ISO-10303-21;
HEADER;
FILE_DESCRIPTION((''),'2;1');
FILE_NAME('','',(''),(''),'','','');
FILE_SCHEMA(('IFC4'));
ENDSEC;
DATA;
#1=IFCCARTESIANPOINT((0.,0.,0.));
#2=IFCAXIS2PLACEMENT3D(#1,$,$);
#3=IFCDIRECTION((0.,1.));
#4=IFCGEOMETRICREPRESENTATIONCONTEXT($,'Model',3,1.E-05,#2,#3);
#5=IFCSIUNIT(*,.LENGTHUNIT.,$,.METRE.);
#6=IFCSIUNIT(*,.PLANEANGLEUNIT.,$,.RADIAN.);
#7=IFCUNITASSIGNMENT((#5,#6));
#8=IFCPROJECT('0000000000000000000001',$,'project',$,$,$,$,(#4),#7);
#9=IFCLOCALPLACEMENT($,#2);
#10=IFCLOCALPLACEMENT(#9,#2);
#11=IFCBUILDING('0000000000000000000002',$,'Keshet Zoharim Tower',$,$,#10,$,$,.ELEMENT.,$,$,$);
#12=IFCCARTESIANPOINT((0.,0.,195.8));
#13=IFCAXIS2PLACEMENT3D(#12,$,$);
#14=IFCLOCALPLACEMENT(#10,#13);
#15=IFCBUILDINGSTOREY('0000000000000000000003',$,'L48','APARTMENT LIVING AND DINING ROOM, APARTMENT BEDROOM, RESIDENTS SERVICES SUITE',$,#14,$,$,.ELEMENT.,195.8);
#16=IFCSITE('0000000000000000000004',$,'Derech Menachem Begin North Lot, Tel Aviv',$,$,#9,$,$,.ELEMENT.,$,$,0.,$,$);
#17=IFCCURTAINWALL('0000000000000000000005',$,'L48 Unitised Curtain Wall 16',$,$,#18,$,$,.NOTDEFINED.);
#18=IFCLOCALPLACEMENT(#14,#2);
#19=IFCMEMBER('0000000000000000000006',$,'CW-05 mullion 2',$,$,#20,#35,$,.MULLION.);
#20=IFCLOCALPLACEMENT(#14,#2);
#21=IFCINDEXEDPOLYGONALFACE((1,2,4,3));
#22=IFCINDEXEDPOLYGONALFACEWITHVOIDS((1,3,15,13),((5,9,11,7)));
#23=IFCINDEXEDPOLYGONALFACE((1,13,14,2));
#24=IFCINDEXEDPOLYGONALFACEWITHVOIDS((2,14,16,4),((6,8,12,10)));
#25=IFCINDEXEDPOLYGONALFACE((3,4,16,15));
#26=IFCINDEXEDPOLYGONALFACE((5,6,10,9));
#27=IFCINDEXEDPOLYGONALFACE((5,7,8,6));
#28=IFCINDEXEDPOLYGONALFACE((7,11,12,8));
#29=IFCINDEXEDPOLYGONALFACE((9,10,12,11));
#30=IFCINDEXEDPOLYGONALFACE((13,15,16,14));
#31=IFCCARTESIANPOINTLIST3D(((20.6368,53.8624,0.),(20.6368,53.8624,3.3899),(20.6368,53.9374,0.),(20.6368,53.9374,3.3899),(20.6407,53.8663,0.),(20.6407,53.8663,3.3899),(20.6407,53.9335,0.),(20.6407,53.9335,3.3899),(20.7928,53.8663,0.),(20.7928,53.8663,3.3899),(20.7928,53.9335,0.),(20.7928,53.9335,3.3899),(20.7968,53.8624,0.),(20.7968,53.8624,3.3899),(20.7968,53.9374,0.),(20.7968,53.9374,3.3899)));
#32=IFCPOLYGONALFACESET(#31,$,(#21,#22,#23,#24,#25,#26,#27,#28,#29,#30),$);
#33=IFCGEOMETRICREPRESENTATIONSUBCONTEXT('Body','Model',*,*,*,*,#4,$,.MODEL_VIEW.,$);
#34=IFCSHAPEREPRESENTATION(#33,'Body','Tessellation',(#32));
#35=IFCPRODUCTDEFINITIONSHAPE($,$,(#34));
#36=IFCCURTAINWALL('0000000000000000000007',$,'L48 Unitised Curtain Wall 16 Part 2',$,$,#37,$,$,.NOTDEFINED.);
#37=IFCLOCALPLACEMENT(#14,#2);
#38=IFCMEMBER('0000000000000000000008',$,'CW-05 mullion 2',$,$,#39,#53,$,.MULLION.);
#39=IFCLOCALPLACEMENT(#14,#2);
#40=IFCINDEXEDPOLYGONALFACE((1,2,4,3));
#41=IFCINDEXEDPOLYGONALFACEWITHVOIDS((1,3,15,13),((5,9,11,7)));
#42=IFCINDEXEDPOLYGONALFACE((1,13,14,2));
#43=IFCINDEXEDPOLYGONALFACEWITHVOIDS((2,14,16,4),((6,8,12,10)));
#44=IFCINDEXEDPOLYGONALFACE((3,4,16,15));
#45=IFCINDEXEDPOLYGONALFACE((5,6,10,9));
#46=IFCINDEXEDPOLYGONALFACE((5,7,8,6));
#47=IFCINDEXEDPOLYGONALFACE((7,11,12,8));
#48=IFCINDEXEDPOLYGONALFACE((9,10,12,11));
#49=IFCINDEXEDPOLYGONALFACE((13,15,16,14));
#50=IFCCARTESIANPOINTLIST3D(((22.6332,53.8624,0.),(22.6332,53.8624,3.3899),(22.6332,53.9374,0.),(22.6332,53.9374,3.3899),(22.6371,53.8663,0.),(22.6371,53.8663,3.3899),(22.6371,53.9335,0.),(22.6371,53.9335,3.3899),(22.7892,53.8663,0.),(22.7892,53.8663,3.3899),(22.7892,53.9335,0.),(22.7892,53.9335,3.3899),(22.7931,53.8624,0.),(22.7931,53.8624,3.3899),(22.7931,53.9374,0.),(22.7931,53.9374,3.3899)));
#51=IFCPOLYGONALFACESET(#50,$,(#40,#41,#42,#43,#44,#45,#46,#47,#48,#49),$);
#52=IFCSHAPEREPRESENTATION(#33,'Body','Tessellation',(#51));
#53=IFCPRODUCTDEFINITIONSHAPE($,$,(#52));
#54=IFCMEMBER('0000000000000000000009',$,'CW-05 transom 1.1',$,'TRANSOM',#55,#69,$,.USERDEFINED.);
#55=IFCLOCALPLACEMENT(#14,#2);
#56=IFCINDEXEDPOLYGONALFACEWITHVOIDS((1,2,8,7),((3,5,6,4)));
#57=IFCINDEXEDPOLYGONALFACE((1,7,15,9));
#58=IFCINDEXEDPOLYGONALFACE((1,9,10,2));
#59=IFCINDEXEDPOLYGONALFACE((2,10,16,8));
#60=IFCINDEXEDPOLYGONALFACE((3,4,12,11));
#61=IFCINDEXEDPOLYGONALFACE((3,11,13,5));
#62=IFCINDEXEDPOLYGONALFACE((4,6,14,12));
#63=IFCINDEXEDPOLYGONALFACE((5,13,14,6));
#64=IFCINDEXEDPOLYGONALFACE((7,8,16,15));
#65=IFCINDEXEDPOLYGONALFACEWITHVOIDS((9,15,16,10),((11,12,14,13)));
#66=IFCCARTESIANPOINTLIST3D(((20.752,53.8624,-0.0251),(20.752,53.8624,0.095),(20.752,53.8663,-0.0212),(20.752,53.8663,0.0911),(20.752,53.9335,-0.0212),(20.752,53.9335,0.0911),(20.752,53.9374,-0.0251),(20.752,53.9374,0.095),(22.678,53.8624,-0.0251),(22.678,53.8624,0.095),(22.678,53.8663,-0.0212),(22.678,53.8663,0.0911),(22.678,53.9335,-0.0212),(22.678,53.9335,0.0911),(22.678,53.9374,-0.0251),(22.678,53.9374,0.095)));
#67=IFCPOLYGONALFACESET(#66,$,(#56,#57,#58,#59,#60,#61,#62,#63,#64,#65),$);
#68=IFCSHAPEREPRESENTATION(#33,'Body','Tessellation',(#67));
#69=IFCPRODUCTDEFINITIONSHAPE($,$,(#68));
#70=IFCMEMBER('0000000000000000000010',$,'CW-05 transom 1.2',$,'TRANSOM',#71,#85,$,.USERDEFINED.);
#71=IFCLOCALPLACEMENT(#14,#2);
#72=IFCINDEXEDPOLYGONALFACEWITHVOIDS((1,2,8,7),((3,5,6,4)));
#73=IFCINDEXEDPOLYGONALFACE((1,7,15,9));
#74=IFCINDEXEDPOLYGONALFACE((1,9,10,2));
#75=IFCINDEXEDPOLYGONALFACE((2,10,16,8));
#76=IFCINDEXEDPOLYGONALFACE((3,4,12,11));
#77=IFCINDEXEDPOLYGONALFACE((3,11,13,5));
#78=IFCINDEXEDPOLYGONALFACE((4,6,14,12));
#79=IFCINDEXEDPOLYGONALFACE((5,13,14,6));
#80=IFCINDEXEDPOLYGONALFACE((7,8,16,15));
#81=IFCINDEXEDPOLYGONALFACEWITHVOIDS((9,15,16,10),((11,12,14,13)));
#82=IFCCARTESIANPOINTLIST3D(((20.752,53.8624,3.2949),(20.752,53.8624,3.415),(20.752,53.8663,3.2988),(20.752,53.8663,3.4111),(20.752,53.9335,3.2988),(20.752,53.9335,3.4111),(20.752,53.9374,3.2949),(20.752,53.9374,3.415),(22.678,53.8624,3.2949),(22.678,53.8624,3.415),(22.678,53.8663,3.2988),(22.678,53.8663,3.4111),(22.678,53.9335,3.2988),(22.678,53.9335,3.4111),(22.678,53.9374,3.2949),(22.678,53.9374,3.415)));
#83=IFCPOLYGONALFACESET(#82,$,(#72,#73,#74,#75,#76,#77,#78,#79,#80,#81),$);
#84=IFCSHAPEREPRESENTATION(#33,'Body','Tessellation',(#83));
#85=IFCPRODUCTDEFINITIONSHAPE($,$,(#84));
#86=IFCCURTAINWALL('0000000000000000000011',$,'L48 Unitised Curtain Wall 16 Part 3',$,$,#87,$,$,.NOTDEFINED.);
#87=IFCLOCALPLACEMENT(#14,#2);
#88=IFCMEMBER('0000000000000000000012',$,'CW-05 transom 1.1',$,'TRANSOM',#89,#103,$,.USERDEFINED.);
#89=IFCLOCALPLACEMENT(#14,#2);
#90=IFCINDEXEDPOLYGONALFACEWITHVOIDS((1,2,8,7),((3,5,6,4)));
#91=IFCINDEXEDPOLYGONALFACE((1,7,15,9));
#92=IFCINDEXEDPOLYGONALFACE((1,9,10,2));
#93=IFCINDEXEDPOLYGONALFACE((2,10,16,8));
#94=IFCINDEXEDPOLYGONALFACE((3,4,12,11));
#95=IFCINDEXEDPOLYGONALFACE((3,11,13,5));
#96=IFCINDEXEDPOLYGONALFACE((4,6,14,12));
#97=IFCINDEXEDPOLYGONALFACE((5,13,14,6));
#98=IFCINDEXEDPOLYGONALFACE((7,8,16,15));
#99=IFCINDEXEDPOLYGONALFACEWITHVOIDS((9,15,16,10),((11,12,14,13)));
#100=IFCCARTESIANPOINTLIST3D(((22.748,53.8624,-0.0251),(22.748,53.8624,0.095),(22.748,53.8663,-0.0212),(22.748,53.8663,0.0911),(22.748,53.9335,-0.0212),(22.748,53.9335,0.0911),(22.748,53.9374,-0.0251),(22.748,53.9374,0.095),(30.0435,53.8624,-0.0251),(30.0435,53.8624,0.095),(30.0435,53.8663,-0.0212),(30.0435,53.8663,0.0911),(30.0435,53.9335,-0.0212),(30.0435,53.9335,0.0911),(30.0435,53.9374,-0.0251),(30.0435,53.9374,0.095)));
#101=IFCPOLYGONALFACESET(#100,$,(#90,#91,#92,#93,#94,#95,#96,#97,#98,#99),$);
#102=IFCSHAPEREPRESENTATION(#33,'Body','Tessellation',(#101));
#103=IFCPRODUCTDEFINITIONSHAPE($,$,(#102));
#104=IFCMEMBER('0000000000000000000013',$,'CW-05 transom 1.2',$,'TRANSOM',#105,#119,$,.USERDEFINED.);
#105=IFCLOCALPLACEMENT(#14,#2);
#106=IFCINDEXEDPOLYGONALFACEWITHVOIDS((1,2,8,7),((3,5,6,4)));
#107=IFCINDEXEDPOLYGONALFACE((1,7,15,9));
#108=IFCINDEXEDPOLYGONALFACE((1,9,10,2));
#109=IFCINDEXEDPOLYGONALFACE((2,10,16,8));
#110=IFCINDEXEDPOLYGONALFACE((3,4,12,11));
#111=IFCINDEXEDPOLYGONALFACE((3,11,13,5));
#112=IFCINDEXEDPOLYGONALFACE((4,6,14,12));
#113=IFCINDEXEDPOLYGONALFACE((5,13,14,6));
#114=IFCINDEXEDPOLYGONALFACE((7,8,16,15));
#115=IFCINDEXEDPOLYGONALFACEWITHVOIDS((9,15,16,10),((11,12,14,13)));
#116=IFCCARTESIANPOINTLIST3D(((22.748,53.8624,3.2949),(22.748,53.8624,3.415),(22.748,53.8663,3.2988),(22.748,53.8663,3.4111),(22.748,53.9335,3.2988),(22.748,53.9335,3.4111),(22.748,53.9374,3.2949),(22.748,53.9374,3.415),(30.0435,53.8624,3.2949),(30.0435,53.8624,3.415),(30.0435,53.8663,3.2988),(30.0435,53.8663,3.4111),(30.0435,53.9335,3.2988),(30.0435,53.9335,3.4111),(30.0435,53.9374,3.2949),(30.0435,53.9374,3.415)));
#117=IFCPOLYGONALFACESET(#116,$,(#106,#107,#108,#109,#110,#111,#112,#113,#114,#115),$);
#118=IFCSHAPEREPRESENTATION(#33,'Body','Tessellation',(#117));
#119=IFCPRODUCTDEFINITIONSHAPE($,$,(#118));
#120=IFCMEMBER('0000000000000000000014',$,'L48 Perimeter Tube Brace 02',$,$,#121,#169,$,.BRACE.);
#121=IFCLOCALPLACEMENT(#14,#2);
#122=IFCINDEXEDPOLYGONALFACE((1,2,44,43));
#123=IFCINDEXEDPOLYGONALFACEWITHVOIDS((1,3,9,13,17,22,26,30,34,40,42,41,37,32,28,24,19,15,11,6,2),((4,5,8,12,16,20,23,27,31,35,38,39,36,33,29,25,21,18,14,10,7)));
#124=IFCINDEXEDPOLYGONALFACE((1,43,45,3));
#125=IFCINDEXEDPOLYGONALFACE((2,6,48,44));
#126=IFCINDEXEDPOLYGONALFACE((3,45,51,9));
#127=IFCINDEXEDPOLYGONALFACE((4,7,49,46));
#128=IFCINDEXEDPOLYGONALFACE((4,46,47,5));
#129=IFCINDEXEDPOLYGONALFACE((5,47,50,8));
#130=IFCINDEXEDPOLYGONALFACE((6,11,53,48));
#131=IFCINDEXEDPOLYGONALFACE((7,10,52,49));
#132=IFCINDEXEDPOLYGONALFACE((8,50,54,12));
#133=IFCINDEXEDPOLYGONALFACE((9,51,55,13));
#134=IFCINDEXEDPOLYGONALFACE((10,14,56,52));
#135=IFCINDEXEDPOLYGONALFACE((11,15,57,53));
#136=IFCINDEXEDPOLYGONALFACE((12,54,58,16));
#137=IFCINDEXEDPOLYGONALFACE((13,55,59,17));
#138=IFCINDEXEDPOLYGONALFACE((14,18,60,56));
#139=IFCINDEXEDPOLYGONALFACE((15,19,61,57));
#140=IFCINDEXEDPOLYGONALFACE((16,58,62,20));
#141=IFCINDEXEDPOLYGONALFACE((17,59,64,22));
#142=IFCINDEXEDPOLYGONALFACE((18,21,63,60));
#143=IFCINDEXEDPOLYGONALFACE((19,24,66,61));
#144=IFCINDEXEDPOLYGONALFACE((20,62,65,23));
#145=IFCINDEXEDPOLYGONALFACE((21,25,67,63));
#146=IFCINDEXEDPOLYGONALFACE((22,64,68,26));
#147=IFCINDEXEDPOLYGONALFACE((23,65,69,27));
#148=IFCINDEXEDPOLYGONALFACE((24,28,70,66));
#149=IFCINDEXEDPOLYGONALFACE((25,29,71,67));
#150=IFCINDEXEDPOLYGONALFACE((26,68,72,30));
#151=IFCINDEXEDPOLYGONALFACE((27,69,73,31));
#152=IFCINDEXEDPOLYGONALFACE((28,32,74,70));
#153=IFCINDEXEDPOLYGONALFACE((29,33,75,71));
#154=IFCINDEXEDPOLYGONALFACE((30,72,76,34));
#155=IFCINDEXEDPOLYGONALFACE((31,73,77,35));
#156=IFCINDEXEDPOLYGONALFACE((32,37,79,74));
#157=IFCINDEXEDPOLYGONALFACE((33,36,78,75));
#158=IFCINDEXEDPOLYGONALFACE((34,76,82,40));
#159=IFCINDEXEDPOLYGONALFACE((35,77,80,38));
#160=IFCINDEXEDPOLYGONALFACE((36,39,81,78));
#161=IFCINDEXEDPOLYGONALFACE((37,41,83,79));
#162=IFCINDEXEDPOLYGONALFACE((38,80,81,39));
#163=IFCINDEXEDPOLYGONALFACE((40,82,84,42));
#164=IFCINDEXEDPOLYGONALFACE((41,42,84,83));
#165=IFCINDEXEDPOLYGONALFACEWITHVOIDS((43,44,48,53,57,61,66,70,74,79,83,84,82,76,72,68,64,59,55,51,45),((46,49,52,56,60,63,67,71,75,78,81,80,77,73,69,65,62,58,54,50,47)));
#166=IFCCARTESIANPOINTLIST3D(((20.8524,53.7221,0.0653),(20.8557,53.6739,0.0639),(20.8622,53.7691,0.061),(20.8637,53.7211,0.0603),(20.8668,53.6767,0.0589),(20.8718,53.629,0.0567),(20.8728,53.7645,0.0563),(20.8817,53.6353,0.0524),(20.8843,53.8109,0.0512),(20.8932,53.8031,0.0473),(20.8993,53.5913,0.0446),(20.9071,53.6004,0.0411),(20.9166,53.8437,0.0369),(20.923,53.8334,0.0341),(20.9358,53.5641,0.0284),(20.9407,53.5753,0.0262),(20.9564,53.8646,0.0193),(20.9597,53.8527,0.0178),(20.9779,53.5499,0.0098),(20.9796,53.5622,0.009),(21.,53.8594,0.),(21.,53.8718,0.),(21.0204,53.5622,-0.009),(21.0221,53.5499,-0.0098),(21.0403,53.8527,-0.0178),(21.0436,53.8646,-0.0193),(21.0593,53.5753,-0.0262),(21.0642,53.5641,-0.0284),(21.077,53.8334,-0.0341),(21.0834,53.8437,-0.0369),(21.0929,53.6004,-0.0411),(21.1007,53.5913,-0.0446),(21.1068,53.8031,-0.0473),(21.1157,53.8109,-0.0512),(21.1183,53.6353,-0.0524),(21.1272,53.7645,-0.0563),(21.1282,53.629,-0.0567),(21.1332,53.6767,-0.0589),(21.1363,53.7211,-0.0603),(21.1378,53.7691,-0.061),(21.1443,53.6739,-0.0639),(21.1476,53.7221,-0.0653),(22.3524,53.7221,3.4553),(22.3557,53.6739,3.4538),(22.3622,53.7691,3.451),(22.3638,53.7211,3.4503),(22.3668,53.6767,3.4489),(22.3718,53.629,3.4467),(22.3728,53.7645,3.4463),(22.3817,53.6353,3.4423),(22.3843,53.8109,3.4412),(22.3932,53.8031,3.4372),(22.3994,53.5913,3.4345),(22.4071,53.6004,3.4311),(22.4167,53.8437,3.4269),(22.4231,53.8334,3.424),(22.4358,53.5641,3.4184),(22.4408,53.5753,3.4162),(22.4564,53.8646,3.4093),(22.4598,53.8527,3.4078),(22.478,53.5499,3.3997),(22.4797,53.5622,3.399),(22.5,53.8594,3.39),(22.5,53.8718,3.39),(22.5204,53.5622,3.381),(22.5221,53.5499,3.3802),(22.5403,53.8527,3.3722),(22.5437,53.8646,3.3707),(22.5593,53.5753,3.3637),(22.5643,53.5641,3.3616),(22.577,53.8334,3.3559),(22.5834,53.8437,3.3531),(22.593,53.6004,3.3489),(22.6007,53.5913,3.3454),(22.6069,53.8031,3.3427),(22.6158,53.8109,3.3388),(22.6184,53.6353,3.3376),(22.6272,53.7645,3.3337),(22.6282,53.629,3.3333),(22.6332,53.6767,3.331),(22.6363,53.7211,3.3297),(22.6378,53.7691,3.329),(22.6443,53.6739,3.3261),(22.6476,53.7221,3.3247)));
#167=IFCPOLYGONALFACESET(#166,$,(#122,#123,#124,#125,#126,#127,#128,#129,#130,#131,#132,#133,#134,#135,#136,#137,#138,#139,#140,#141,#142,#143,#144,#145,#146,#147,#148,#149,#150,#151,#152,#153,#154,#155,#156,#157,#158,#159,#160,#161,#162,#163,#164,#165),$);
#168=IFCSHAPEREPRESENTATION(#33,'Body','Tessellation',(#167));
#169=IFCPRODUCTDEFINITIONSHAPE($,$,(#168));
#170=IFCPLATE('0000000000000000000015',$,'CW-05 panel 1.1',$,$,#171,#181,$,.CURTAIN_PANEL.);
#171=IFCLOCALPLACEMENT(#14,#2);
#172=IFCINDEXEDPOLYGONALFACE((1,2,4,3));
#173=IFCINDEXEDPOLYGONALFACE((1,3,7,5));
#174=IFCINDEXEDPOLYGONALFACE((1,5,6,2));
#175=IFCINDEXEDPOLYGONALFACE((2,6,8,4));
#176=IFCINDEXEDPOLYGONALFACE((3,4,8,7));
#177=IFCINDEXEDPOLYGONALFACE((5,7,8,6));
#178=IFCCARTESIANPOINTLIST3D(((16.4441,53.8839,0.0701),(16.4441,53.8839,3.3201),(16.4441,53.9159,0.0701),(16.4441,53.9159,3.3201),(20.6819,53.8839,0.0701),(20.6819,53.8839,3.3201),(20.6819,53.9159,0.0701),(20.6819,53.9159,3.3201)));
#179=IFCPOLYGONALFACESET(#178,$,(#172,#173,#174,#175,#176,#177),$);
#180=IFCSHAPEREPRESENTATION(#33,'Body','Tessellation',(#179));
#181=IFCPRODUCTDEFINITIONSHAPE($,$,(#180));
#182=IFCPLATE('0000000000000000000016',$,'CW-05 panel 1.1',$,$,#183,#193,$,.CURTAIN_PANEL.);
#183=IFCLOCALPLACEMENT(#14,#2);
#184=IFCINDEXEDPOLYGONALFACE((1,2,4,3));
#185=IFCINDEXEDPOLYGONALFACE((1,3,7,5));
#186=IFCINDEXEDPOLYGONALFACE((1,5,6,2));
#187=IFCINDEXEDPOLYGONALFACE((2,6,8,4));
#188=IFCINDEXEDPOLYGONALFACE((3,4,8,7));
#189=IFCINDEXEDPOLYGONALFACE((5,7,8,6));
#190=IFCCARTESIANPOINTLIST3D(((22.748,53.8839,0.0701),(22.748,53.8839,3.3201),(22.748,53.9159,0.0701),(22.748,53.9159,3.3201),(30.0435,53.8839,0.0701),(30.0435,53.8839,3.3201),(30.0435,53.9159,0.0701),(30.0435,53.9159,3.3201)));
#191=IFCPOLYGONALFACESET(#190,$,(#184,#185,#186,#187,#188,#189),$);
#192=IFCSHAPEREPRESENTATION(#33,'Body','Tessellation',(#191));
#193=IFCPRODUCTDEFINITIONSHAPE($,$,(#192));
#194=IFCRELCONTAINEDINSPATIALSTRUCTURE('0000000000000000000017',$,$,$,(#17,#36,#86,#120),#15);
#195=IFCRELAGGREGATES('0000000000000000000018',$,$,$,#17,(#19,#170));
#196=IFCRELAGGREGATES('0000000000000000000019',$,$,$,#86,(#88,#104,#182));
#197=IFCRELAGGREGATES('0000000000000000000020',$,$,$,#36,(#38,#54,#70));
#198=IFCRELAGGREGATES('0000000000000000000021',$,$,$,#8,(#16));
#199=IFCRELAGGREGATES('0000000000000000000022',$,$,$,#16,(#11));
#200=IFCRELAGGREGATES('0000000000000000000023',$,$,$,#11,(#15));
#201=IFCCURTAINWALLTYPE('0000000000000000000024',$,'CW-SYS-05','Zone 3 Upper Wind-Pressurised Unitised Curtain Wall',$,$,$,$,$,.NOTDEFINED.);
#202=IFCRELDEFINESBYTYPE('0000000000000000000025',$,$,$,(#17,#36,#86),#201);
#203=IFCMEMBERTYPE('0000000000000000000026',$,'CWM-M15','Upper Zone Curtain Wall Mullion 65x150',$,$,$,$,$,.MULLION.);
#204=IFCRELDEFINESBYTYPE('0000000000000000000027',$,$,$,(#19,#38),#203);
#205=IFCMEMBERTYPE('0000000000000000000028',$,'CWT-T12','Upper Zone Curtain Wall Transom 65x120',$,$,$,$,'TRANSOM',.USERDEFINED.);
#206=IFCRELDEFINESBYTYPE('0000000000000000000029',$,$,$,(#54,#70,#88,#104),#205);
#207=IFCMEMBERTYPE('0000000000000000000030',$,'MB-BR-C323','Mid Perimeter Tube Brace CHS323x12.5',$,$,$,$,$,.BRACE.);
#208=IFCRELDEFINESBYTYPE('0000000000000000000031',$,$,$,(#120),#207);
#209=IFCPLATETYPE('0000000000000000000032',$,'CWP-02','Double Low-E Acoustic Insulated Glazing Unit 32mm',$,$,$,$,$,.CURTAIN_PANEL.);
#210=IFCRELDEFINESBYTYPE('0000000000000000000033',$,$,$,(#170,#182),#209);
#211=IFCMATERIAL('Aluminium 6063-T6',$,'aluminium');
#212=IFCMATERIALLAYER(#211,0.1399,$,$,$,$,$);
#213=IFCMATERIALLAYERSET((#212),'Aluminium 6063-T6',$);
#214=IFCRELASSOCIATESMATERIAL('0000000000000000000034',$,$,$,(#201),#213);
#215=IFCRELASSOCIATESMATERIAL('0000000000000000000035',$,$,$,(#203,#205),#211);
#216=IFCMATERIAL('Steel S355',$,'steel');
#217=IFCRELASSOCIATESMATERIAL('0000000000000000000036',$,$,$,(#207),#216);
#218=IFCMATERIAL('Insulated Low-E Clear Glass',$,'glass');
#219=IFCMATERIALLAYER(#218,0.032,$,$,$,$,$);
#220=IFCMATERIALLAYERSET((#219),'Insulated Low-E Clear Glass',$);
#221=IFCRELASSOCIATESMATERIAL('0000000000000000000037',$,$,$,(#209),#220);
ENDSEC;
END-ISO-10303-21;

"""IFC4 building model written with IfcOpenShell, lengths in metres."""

from ifc_helpers import new_model, si_unit, direction, frame, origin, origin_2d, place, context, subcontext, project, spatial, rectangle, hollow_rectangle, hollow_circle, extrude, material, layer, layer_set, material_profile, profile_set, type_object, element, aggregate, save


model = new_model("IFC4")

# Units and contexts
model_context = context("Model", 3, precision=1e-05, world=origin(), true_north=direction((0.0, 1.0)))
body_context = subcontext(model_context, "Body", "Model", "MODEL_VIEW")
ifc_project = project(units=[si_unit("LENGTHUNIT", "METRE"), si_unit("PLANEANGLEUNIT", "RADIAN")], contexts=[model_context])

# Site, building, storey
site_placement = place(None, origin())
site = spatial("IfcSite", under=ifc_project, at=site_placement, Name="Derech Menachem Begin North Lot, Tel Aviv", CompositionType="ELEMENT", RefElevation=0.0)
building_placement = place(site_placement, origin())
building = spatial("IfcBuilding", under=site, at=building_placement, Name="Keshet Zoharim Tower", CompositionType="ELEMENT")
storey_placement = place(building_placement, frame((0.0, 0.0, 195.8)))
storey = spatial("IfcBuildingStorey", under=building, at=storey_placement, Name="L48", Description="APARTMENT LIVING AND DINING ROOM, APARTMENT BEDROOM, RESIDENTS SERVICES SUITE", CompositionType="ELEMENT", Elevation=195.8)

# Shared definitions
ifc_material_1 = material(Name="Steel S355", Category="steel")

# Curtain wall, member
ifc_material_2 = material(Name="Aluminium 6063-T6", Category="aluminium")
ifc_layer_1 = layer(ifc_material_2, 0.1399)
ifc_layer_set_1 = layer_set([ifc_layer_1], Name="Aluminium 6063-T6")
curtain_wall_type = type_object("IfcCurtainWallType", Name="CW-SYS-05", Description="Zone 3 Upper Wind-Pressurised Unitised Curtain Wall", PredefinedType="NOTDEFINED", material=ifc_layer_set_1)
curtain_wall_1_placement = place(storey_placement, origin())
curtain_wall_1 = element("IfcCurtainWall", 1, at=curtain_wall_1_placement, inside=storey, type_object=curtain_wall_type, Name="L48 Unitised Curtain Wall 16", PredefinedType="NOTDEFINED")
ifc_material_profile_1 = material_profile(ifc_material_2, hollow_rectangle(XDim=0.075, YDim=0.1599, WallThickness=0.0039, at=origin_2d()), Name="MUL-75x160")
ifc_profile_set_1 = profile_set([ifc_material_profile_1], Name="Aluminium 6063-T6")
member_type_1 = type_object("IfcMemberType", Name="CWM-M15", Description="Upper Zone Curtain Wall Mullion 65x150", PredefinedType="MULLION", material=ifc_profile_set_1)
member_1_placement = place(storey_placement, frame((20.7168, 53.8999, 0.0), z_axis=(0.0, 0.0, 1.0), x_axis=(0.0, 1.0, 0.0)))
member_1 = element("IfcMember", 2, at=member_1_placement, type_object=member_type_1, Name="CW-05 mullion 2", PredefinedType="MULLION", context=body_context, shape_type="SweptSolid", body=[
    extrude(hollow_rectangle(XDim=0.075, YDim=0.1599, WallThickness=0.0039, at=origin_2d()), origin(), (0.0, 0.0, 1.0), 3.3899),
])

# Curtain walls, members
curtain_wall_2_placement = place(storey_placement, origin())
curtain_wall_2 = element("IfcCurtainWall", 3, at=curtain_wall_2_placement, inside=storey, type_object=curtain_wall_type, Name="L48 Unitised Curtain Wall 16 Part 2", PredefinedType="NOTDEFINED")
member_2_placement = place(storey_placement, frame((22.7131, 53.8999, 0.0), z_axis=(0.0, 0.0, 1.0), x_axis=(0.0, 1.0, 0.0)))
member_2 = element("IfcMember", 4, at=member_2_placement, type_object=member_type_1, Name="CW-05 mullion 2", PredefinedType="MULLION", context=body_context, shape_type="SweptSolid", body=[
    extrude(hollow_rectangle(XDim=0.075, YDim=0.1599, WallThickness=0.0039, at=origin_2d()), origin(), (0.0, 0.0, 1.0), 3.3899),
])
ifc_material_profile_2 = material_profile(ifc_material_2, hollow_rectangle(XDim=0.075, YDim=0.1201, WallThickness=0.0039, at=origin_2d()), Name="TRN-75x120")
ifc_profile_set_2 = profile_set([ifc_material_profile_2], Name="Aluminium 6063-T6")
member_type_2 = type_object("IfcMemberType", Name="CWT-T12", Description="Upper Zone Curtain Wall Transom 65x120", ElementType="TRANSOM", PredefinedType="USERDEFINED", material=ifc_profile_set_2)
member_3_placement = place(storey_placement, frame((20.752, 53.8999, 0.0349), z_axis=(1.0, 0.0, 0.0), x_axis=(0.0, 1.0, 0.0)))
member_3 = element("IfcMember", 5, at=member_3_placement, type_object=member_type_2, Name="CW-05 transom 1.1", ObjectType="TRANSOM", PredefinedType="USERDEFINED", context=body_context, shape_type="SweptSolid", body=[
    extrude(hollow_rectangle(XDim=0.075, YDim=0.1201, WallThickness=0.0039, at=origin_2d()), origin(), (0.0, 0.0, 1.0), 1.926),
])
member_4_placement = place(storey_placement, frame((20.752, 53.8999, 3.355), z_axis=(1.0, 0.0, 0.0), x_axis=(0.0, 1.0, 0.0)))
member_4 = element("IfcMember", 6, at=member_4_placement, type_object=member_type_2, Name="CW-05 transom 1.2", ObjectType="TRANSOM", PredefinedType="USERDEFINED", context=body_context, shape_type="SweptSolid", body=[
    extrude(hollow_rectangle(XDim=0.075, YDim=0.1201, WallThickness=0.0039, at=origin_2d()), origin(), (0.0, 0.0, 1.0), 1.926),
])
curtain_wall_3_placement = place(storey_placement, origin())
curtain_wall_3 = element("IfcCurtainWall", 7, at=curtain_wall_3_placement, inside=storey, type_object=curtain_wall_type, Name="L48 Unitised Curtain Wall 16 Part 3", PredefinedType="NOTDEFINED")
member_5_placement = place(storey_placement, frame((22.748, 53.8999, 0.0349), z_axis=(1.0, 0.0, 0.0), x_axis=(0.0, 1.0, 0.0)))
member_5 = element("IfcMember", 8, at=member_5_placement, type_object=member_type_2, Name="CW-05 transom 1.1", ObjectType="TRANSOM", PredefinedType="USERDEFINED", context=body_context, shape_type="SweptSolid", body=[
    extrude(hollow_rectangle(XDim=0.075, YDim=0.1201, WallThickness=0.0039, at=origin_2d()), origin(), (0.0, 0.0, 1.0), 7.2954),
])
member_6_placement = place(storey_placement, frame((22.748, 53.8999, 3.355), z_axis=(1.0, 0.0, 0.0), x_axis=(0.0, 1.0, 0.0)))
member_6 = element("IfcMember", 9, at=member_6_placement, type_object=member_type_2, Name="CW-05 transom 1.2", ObjectType="TRANSOM", PredefinedType="USERDEFINED", context=body_context, shape_type="SweptSolid", body=[
    extrude(hollow_rectangle(XDim=0.075, YDim=0.1201, WallThickness=0.0039, at=origin_2d()), origin(), (0.0, 0.0, 1.0), 7.2954),
])

# Member
ifc_material_profile_3 = material_profile(ifc_material_1, hollow_circle(Radius=0.1619, WallThickness=0.0125, at=origin_2d()), Name="CHS323x12.5")
ifc_profile_set_3 = profile_set([ifc_material_profile_3], Name="Steel S355")
member_type_3 = type_object("IfcMemberType", Name="MB-BR-C323", Description="Mid Perimeter Tube Brace CHS323x12.5", PredefinedType="BRACE", material=ifc_profile_set_3)
member_7_placement = place(storey_placement, frame((21.0, 53.71, 0.0), z_axis=(0.404647, 0.0, 0.914473), x_axis=(0.0, 1.0, 0.0)))
element("IfcMember", 10, at=member_7_placement, inside=storey, type_object=member_type_3, Name="L48 Perimeter Tube Brace 02", PredefinedType="BRACE", context=body_context, shape_type="SweptSolid", body=[
    extrude(hollow_circle(Radius=0.1619, WallThickness=0.0125, at=origin_2d()), origin(), (0.0, 0.0, 1.0), 3.707),
])

# Plates
ifc_material_3 = material(Name="Insulated Low-E Clear Glass", Category="glass")
ifc_layer_2 = layer(ifc_material_3, 0.032)
ifc_layer_set_2 = layer_set([ifc_layer_2], Name="Insulated Low-E Clear Glass")
plate_type_1 = type_object("IfcPlateType", Name="CWP-02", Description="Double Low-E Acoustic Insulated Glazing Unit 32mm", PredefinedType="CURTAIN_PANEL", material=ifc_layer_set_2)
plate_1_placement = place(storey_placement, frame((18.563, 53.8999, 0.0701), z_axis=(0.0, 0.0, 1.0), x_axis=(1.0, 0.0, 0.0)))
plate_1 = element("IfcPlate", 11, at=plate_1_placement, type_object=plate_type_1, Name="CW-05 panel 1.1", PredefinedType="CURTAIN_PANEL", context=body_context, shape_type="SweptSolid", body=[
    extrude(rectangle(XDim=4.2378, YDim=0.032, at=origin_2d()), origin(), (0.0, 0.0, 1.0), 3.25),
])
aggregate(curtain_wall_1, [member_1, plate_1])
plate_2_placement = place(storey_placement, frame((26.3958, 53.8999, 0.0701), z_axis=(0.0, 0.0, 1.0), x_axis=(1.0, 0.0, 0.0)))
plate_2 = element("IfcPlate", 12, at=plate_2_placement, type_object=plate_type_1, Name="CW-05 panel 1.1", PredefinedType="CURTAIN_PANEL", context=body_context, shape_type="SweptSolid", body=[
    extrude(rectangle(XDim=7.2954, YDim=0.032, at=origin_2d()), origin(), (0.0, 0.0, 1.0), 3.25),
])
aggregate(curtain_wall_3, [member_5, member_6, plate_2])
aggregate(curtain_wall_2, [member_2, member_3, member_4])

save(model, "model.ifc")
